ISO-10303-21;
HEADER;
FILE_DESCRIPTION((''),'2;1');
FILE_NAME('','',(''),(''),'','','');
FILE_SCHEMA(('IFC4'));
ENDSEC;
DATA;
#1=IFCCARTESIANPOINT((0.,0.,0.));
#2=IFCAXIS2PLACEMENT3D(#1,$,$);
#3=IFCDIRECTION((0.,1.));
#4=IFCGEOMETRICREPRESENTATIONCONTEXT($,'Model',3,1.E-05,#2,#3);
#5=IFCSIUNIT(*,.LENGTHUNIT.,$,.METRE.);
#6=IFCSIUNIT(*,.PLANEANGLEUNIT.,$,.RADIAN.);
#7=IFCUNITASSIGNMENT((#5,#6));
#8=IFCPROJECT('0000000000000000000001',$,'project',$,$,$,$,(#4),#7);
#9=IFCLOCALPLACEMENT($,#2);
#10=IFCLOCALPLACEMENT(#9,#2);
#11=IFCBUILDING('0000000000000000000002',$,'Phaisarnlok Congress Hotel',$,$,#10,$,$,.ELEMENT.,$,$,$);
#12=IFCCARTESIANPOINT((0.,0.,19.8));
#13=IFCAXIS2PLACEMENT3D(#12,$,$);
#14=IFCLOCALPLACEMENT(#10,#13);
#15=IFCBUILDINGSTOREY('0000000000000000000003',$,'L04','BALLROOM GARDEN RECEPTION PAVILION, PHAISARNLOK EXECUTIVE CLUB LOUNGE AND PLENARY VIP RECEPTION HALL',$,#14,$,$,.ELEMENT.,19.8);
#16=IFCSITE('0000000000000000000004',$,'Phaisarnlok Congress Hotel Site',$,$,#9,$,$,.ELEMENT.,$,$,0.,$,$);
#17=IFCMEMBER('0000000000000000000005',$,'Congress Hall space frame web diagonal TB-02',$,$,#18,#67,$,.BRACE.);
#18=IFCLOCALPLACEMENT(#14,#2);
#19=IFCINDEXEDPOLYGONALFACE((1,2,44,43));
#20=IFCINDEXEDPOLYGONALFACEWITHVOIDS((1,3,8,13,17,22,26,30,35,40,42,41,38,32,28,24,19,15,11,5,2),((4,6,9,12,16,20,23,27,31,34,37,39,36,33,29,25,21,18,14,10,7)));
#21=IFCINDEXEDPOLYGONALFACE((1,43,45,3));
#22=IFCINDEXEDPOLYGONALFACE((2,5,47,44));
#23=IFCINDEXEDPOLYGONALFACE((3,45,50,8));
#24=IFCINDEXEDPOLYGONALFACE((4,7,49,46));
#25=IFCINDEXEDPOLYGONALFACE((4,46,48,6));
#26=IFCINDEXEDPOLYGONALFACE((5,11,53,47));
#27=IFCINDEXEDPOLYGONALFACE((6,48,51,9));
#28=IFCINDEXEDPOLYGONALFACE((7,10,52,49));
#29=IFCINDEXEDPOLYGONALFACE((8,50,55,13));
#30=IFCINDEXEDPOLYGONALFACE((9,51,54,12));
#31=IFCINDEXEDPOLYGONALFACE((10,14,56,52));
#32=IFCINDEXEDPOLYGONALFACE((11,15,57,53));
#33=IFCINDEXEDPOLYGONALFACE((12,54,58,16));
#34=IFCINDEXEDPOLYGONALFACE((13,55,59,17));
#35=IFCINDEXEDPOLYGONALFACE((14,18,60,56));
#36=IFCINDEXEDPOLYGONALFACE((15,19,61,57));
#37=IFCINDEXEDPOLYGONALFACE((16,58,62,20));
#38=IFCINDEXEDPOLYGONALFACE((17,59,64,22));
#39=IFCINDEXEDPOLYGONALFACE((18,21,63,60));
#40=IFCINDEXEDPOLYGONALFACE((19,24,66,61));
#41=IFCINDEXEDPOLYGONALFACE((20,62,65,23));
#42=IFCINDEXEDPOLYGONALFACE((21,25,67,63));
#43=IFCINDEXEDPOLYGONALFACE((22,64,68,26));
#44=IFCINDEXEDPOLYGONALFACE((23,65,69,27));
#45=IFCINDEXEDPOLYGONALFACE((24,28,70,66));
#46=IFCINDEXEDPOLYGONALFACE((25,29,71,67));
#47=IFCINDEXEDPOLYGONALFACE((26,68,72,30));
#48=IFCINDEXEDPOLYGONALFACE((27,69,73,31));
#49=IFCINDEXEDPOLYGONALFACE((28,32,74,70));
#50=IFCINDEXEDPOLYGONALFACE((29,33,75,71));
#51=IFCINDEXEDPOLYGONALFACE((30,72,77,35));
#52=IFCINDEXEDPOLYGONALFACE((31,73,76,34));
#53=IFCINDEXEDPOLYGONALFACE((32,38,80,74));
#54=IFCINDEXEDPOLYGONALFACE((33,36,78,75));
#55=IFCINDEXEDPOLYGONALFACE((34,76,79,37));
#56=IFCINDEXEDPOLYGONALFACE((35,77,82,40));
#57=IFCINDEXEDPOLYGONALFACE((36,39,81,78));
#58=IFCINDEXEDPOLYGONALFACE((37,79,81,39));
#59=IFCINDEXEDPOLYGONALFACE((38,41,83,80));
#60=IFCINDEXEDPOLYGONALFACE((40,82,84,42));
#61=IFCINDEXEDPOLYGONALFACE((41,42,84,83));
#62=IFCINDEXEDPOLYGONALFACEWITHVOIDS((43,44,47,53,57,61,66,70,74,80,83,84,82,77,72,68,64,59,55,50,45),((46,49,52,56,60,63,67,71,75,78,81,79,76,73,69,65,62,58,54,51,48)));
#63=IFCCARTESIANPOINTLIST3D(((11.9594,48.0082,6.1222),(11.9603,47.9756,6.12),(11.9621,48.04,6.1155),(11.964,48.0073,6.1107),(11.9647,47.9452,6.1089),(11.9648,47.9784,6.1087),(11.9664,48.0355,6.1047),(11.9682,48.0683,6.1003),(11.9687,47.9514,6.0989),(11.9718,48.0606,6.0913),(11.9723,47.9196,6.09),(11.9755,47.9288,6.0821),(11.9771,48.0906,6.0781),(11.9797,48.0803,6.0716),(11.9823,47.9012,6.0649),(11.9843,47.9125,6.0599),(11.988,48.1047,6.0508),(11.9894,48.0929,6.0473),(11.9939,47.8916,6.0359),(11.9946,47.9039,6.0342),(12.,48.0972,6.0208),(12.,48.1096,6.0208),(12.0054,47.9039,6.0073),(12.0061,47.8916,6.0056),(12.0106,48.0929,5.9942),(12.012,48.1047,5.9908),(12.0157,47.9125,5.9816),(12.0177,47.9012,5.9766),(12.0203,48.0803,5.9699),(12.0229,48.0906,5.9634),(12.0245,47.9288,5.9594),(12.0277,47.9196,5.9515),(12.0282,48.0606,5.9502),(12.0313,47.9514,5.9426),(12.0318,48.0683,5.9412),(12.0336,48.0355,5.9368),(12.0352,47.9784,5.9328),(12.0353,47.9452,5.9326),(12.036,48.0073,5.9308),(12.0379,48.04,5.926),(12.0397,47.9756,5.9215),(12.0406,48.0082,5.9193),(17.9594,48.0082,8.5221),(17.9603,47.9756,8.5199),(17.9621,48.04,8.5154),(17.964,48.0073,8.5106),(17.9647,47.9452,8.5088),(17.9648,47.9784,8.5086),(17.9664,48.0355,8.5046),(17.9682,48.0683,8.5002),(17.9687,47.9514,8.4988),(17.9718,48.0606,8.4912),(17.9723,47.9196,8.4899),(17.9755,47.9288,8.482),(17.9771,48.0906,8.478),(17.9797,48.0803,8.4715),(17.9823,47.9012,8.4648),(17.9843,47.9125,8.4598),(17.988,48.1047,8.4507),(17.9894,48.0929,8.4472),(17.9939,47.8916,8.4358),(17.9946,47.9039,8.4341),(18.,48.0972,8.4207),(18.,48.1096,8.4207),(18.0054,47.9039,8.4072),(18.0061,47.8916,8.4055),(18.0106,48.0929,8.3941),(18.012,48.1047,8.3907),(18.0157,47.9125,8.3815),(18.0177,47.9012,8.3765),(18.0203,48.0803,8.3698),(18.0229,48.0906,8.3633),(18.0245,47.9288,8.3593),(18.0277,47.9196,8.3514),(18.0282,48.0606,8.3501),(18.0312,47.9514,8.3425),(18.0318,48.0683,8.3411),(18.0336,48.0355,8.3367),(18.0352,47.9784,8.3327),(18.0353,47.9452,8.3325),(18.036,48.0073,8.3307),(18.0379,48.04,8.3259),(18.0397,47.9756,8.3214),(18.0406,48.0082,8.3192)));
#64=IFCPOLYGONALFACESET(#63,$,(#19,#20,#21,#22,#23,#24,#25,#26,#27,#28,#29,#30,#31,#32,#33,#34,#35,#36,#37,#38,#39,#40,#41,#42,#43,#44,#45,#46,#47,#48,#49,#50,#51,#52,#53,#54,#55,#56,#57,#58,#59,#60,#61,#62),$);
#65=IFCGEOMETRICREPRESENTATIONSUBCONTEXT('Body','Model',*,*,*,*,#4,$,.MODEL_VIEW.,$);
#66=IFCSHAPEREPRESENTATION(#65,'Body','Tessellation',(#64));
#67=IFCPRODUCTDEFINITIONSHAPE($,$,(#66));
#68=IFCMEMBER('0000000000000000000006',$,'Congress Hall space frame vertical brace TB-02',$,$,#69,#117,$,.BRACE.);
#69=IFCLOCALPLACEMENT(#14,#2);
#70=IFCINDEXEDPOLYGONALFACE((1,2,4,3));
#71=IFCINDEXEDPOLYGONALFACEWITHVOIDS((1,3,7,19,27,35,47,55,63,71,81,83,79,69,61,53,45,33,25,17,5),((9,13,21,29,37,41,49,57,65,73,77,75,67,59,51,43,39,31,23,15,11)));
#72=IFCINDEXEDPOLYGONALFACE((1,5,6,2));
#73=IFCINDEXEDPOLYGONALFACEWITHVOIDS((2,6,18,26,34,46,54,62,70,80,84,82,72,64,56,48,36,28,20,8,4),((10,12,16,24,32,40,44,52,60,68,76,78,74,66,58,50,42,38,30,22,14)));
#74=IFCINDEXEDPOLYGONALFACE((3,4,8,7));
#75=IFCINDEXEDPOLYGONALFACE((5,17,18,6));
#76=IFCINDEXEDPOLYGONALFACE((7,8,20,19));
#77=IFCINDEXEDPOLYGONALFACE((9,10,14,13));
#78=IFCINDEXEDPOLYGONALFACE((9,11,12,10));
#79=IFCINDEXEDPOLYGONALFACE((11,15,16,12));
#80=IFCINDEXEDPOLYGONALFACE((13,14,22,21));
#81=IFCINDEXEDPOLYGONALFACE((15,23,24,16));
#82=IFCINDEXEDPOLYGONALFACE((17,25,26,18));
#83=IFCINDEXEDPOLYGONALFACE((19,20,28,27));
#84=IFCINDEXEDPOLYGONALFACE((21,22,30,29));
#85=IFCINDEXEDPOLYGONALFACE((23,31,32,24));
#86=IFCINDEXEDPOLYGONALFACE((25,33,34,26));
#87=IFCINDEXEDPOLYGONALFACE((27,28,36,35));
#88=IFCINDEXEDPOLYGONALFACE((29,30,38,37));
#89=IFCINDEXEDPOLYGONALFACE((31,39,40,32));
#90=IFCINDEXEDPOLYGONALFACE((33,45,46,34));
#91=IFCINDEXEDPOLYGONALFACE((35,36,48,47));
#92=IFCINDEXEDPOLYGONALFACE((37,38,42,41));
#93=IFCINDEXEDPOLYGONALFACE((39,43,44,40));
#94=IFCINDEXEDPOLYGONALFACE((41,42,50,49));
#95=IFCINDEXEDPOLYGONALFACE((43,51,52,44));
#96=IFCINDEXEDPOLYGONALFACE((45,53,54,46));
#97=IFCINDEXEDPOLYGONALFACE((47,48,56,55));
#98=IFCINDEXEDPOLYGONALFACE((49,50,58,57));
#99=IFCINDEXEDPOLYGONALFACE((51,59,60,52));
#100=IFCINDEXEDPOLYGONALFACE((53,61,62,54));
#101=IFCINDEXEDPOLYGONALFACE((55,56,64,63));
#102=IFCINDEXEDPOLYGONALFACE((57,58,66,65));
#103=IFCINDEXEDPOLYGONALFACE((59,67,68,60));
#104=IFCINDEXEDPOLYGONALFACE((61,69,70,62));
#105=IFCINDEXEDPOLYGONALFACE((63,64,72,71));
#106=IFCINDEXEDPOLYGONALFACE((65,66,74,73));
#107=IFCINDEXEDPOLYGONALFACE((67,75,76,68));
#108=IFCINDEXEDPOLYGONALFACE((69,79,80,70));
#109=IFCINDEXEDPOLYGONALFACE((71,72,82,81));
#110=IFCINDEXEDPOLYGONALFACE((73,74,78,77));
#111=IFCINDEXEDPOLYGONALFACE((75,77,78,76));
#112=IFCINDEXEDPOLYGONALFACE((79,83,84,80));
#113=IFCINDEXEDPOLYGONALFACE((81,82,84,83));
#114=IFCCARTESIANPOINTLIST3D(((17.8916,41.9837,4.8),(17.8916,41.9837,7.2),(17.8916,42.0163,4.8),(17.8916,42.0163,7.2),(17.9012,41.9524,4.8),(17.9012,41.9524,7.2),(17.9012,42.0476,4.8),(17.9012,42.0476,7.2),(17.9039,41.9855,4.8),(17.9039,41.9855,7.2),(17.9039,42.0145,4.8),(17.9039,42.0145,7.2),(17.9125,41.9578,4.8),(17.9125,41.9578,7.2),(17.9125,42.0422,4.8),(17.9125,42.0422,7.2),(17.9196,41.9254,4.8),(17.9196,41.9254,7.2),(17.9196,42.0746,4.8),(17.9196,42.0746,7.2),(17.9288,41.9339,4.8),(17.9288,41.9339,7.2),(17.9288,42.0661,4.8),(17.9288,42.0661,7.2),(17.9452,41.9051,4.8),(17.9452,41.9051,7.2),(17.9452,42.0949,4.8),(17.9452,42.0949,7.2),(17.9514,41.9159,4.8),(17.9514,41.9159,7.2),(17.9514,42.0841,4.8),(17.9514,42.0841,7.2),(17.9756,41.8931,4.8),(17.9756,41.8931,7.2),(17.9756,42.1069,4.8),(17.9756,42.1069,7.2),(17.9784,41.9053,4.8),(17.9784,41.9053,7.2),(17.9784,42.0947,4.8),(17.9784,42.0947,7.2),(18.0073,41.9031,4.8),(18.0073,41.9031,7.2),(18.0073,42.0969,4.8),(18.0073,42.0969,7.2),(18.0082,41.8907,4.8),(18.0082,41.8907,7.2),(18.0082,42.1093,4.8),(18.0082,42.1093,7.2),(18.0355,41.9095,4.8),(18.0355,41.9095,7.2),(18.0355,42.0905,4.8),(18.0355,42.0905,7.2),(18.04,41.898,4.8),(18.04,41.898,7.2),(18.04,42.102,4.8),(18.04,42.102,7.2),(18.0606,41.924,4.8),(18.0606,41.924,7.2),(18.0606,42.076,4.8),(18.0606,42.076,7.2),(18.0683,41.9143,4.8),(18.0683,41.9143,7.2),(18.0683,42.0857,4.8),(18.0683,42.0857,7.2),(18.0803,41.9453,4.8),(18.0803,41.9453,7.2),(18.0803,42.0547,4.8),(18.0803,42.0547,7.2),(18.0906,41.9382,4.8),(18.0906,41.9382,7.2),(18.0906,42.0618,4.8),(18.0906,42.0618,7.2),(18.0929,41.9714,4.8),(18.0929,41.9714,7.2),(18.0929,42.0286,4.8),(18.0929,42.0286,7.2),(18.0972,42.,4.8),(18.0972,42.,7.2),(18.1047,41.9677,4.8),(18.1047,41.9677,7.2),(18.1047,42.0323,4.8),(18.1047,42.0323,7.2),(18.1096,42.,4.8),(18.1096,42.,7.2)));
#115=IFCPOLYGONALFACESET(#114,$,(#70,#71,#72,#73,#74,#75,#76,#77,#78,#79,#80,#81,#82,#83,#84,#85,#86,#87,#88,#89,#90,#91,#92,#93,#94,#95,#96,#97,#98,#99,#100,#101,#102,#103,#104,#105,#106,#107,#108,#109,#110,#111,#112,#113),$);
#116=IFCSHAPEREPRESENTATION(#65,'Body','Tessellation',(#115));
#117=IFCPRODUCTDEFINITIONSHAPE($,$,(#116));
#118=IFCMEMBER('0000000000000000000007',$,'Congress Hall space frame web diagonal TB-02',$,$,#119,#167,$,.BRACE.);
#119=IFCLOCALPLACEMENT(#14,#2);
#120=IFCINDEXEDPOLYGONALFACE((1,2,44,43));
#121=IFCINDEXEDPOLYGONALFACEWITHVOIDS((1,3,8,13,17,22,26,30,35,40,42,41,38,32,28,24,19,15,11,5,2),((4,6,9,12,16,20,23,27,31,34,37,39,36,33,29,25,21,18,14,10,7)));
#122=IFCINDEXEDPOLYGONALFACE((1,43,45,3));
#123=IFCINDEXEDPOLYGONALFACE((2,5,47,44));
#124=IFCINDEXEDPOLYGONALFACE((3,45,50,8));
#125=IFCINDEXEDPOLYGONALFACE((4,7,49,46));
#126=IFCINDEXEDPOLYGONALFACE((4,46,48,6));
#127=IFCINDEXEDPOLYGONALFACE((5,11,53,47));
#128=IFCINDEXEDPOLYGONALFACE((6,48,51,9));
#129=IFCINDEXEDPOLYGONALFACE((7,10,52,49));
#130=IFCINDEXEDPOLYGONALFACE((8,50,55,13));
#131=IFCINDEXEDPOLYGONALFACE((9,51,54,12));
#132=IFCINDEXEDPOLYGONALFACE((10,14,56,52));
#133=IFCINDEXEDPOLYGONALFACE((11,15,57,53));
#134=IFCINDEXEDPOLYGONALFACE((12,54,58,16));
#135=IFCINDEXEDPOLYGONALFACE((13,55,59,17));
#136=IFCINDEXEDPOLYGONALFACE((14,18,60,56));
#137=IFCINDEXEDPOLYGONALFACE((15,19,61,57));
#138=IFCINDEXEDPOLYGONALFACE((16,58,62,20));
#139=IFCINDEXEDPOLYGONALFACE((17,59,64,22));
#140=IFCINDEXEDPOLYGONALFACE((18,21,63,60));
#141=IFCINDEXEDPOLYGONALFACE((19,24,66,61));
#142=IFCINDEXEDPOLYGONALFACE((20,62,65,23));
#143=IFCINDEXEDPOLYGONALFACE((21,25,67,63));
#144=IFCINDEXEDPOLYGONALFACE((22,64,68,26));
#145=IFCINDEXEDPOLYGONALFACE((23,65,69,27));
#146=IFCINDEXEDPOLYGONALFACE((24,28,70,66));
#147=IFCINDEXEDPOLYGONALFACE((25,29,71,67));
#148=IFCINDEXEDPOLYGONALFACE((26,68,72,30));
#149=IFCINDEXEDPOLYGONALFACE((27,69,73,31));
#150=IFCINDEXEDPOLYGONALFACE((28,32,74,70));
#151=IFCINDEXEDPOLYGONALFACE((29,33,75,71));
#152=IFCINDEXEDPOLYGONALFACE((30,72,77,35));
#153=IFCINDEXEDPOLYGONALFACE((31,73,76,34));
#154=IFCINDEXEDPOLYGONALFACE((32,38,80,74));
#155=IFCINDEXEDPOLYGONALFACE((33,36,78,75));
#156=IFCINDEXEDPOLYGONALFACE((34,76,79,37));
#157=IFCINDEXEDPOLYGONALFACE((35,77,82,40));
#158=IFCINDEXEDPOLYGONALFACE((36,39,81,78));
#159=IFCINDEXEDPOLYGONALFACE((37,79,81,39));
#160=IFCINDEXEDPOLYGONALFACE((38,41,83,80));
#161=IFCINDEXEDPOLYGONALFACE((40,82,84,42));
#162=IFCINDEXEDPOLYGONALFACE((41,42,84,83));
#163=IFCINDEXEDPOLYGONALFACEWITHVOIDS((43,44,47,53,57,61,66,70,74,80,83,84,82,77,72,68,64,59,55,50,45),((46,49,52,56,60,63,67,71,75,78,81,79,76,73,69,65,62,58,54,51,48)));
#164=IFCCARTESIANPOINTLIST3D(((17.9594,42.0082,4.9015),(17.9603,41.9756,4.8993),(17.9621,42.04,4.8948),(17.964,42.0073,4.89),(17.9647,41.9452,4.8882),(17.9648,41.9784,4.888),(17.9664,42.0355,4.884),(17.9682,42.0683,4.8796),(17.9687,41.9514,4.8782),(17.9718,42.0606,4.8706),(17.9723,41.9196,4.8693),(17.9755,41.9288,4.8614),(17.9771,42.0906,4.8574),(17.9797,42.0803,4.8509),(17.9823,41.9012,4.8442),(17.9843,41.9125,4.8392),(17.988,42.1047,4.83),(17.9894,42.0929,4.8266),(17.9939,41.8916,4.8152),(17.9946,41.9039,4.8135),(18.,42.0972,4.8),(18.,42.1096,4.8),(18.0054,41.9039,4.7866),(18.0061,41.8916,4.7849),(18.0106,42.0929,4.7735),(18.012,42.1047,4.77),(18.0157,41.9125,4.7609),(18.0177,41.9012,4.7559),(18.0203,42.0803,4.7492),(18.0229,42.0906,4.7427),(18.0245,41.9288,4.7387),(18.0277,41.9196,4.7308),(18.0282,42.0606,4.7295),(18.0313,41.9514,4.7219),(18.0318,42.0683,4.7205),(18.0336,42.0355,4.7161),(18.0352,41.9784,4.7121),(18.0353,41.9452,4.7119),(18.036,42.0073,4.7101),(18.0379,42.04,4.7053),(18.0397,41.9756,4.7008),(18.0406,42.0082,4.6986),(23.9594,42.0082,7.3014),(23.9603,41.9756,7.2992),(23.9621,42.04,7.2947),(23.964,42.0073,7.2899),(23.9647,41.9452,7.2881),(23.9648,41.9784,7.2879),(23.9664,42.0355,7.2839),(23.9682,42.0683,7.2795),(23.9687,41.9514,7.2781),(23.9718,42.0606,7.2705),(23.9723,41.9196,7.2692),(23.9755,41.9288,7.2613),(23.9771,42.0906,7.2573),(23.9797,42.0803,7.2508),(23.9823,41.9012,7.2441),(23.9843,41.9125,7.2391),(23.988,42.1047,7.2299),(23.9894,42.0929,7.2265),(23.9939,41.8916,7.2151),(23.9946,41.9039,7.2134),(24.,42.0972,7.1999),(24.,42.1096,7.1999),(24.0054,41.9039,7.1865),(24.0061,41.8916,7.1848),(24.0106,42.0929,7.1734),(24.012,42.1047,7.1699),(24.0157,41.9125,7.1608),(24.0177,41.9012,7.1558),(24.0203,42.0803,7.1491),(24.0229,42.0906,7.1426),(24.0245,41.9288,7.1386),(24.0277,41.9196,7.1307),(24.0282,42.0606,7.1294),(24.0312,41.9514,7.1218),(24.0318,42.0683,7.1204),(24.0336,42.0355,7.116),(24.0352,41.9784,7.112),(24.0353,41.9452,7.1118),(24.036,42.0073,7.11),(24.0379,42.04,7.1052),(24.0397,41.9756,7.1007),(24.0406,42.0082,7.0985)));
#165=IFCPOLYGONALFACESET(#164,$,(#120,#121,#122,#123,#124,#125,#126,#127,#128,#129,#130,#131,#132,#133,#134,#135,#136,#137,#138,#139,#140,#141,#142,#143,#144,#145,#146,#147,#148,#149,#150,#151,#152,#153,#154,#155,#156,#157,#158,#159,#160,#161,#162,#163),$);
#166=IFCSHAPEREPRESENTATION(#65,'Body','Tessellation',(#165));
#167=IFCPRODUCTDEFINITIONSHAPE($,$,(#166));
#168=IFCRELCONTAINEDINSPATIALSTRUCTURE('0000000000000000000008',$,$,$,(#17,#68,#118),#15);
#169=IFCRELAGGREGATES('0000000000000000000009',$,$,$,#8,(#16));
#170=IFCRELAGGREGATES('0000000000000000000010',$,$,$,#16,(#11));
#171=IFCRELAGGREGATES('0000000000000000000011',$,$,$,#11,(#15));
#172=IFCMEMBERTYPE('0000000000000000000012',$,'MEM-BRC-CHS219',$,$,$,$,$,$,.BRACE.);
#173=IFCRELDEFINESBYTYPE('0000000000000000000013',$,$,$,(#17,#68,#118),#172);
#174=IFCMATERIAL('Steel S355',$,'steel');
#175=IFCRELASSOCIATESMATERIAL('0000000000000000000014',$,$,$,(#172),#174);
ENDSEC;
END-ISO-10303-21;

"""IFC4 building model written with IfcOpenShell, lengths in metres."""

from ifc_helpers import new_model, si_unit, direction, frame, origin, origin_2d, place, context, subcontext, project, spatial, hollow_circle, extrude, material, material_profile, profile_set, type_object, element, save


model = new_model("IFC4")

# Units and contexts
model_context = context("Model", 3, precision=1e-05, world=origin(), true_north=direction((0.0, 1.0)))
body_context = subcontext(model_context, "Body", "Model", "MODEL_VIEW")
ifc_project = project(units=[si_unit("LENGTHUNIT", "METRE"), si_unit("PLANEANGLEUNIT", "RADIAN")], contexts=[model_context])

# Site, building, storey
site_placement = place(None, origin())
site = spatial("IfcSite", under=ifc_project, at=site_placement, Name="Phaisarnlok Congress Hotel Site", CompositionType="ELEMENT", RefElevation=0.0)
building_placement = place(site_placement, origin())
building = spatial("IfcBuilding", under=site, at=building_placement, Name="Phaisarnlok Congress Hotel", CompositionType="ELEMENT")
storey_placement = place(building_placement, frame((0.0, 0.0, 19.8)))
storey = spatial("IfcBuildingStorey", under=building, at=storey_placement, Name="L04", Description="BALLROOM GARDEN RECEPTION PAVILION, PHAISARNLOK EXECUTIVE CLUB LOUNGE AND PLENARY VIP RECEPTION HALL", CompositionType="ELEMENT", Elevation=19.8)

# Members
ifc_material_1 = material(Name="Steel S355", Category="steel")
ifc_material_profile_1 = material_profile(ifc_material_1, hollow_circle(Radius=0.1096, WallThickness=0.0125, at=origin_2d()), Name="CHS 219.1x12.5")
ifc_profile_set_1 = profile_set([ifc_material_profile_1], Name="Steel S355")
member_type_1 = type_object("IfcMemberType", Name="MEM-BRC-CHS219", PredefinedType="BRACE", material=ifc_profile_set_1)
member_1_placement = place(storey_placement, frame((12.0, 48.0, 6.0208), z_axis=(0.928482, 0.0, 0.371378), x_axis=(0.0, 1.0, 0.0)))
element("IfcMember", 1, at=member_1_placement, inside=storey, type_object=member_type_1, Name="Congress Hall space frame web diagonal TB-02", PredefinedType="BRACE", context=body_context, shape_type="SweptSolid", body=[
    extrude(hollow_circle(Radius=0.1096, WallThickness=0.0125, at=origin_2d()), origin(), (0.0, 0.0, 1.0), 6.4622),
])
member_2_placement = place(storey_placement, frame((18.0, 42.0, 4.8), z_axis=(0.0, 0.0, 1.0), x_axis=(1.0, 0.0, 0.0)))
element("IfcMember", 2, at=member_2_placement, inside=storey, type_object=member_type_1, Name="Congress Hall space frame vertical brace TB-02", PredefinedType="BRACE", context=body_context, shape_type="SweptSolid", body=[
    extrude(hollow_circle(Radius=0.1096, WallThickness=0.0125, at=origin_2d()), origin(), (0.0, 0.0, 1.0), 2.3999),
])
member_3_placement = place(storey_placement, frame((18.0, 42.0, 4.8), z_axis=(0.928482, 0.0, 0.371378), x_axis=(0.0, 1.0, 0.0)))
element("IfcMember", 3, at=member_3_placement, inside=storey, type_object=member_type_1, Name="Congress Hall space frame web diagonal TB-02", PredefinedType="BRACE", context=body_context, shape_type="SweptSolid", body=[
    extrude(hollow_circle(Radius=0.1096, WallThickness=0.0125, at=origin_2d()), origin(), (0.0, 0.0, 1.0), 6.4622),
])

save(model, "model.ifc")
